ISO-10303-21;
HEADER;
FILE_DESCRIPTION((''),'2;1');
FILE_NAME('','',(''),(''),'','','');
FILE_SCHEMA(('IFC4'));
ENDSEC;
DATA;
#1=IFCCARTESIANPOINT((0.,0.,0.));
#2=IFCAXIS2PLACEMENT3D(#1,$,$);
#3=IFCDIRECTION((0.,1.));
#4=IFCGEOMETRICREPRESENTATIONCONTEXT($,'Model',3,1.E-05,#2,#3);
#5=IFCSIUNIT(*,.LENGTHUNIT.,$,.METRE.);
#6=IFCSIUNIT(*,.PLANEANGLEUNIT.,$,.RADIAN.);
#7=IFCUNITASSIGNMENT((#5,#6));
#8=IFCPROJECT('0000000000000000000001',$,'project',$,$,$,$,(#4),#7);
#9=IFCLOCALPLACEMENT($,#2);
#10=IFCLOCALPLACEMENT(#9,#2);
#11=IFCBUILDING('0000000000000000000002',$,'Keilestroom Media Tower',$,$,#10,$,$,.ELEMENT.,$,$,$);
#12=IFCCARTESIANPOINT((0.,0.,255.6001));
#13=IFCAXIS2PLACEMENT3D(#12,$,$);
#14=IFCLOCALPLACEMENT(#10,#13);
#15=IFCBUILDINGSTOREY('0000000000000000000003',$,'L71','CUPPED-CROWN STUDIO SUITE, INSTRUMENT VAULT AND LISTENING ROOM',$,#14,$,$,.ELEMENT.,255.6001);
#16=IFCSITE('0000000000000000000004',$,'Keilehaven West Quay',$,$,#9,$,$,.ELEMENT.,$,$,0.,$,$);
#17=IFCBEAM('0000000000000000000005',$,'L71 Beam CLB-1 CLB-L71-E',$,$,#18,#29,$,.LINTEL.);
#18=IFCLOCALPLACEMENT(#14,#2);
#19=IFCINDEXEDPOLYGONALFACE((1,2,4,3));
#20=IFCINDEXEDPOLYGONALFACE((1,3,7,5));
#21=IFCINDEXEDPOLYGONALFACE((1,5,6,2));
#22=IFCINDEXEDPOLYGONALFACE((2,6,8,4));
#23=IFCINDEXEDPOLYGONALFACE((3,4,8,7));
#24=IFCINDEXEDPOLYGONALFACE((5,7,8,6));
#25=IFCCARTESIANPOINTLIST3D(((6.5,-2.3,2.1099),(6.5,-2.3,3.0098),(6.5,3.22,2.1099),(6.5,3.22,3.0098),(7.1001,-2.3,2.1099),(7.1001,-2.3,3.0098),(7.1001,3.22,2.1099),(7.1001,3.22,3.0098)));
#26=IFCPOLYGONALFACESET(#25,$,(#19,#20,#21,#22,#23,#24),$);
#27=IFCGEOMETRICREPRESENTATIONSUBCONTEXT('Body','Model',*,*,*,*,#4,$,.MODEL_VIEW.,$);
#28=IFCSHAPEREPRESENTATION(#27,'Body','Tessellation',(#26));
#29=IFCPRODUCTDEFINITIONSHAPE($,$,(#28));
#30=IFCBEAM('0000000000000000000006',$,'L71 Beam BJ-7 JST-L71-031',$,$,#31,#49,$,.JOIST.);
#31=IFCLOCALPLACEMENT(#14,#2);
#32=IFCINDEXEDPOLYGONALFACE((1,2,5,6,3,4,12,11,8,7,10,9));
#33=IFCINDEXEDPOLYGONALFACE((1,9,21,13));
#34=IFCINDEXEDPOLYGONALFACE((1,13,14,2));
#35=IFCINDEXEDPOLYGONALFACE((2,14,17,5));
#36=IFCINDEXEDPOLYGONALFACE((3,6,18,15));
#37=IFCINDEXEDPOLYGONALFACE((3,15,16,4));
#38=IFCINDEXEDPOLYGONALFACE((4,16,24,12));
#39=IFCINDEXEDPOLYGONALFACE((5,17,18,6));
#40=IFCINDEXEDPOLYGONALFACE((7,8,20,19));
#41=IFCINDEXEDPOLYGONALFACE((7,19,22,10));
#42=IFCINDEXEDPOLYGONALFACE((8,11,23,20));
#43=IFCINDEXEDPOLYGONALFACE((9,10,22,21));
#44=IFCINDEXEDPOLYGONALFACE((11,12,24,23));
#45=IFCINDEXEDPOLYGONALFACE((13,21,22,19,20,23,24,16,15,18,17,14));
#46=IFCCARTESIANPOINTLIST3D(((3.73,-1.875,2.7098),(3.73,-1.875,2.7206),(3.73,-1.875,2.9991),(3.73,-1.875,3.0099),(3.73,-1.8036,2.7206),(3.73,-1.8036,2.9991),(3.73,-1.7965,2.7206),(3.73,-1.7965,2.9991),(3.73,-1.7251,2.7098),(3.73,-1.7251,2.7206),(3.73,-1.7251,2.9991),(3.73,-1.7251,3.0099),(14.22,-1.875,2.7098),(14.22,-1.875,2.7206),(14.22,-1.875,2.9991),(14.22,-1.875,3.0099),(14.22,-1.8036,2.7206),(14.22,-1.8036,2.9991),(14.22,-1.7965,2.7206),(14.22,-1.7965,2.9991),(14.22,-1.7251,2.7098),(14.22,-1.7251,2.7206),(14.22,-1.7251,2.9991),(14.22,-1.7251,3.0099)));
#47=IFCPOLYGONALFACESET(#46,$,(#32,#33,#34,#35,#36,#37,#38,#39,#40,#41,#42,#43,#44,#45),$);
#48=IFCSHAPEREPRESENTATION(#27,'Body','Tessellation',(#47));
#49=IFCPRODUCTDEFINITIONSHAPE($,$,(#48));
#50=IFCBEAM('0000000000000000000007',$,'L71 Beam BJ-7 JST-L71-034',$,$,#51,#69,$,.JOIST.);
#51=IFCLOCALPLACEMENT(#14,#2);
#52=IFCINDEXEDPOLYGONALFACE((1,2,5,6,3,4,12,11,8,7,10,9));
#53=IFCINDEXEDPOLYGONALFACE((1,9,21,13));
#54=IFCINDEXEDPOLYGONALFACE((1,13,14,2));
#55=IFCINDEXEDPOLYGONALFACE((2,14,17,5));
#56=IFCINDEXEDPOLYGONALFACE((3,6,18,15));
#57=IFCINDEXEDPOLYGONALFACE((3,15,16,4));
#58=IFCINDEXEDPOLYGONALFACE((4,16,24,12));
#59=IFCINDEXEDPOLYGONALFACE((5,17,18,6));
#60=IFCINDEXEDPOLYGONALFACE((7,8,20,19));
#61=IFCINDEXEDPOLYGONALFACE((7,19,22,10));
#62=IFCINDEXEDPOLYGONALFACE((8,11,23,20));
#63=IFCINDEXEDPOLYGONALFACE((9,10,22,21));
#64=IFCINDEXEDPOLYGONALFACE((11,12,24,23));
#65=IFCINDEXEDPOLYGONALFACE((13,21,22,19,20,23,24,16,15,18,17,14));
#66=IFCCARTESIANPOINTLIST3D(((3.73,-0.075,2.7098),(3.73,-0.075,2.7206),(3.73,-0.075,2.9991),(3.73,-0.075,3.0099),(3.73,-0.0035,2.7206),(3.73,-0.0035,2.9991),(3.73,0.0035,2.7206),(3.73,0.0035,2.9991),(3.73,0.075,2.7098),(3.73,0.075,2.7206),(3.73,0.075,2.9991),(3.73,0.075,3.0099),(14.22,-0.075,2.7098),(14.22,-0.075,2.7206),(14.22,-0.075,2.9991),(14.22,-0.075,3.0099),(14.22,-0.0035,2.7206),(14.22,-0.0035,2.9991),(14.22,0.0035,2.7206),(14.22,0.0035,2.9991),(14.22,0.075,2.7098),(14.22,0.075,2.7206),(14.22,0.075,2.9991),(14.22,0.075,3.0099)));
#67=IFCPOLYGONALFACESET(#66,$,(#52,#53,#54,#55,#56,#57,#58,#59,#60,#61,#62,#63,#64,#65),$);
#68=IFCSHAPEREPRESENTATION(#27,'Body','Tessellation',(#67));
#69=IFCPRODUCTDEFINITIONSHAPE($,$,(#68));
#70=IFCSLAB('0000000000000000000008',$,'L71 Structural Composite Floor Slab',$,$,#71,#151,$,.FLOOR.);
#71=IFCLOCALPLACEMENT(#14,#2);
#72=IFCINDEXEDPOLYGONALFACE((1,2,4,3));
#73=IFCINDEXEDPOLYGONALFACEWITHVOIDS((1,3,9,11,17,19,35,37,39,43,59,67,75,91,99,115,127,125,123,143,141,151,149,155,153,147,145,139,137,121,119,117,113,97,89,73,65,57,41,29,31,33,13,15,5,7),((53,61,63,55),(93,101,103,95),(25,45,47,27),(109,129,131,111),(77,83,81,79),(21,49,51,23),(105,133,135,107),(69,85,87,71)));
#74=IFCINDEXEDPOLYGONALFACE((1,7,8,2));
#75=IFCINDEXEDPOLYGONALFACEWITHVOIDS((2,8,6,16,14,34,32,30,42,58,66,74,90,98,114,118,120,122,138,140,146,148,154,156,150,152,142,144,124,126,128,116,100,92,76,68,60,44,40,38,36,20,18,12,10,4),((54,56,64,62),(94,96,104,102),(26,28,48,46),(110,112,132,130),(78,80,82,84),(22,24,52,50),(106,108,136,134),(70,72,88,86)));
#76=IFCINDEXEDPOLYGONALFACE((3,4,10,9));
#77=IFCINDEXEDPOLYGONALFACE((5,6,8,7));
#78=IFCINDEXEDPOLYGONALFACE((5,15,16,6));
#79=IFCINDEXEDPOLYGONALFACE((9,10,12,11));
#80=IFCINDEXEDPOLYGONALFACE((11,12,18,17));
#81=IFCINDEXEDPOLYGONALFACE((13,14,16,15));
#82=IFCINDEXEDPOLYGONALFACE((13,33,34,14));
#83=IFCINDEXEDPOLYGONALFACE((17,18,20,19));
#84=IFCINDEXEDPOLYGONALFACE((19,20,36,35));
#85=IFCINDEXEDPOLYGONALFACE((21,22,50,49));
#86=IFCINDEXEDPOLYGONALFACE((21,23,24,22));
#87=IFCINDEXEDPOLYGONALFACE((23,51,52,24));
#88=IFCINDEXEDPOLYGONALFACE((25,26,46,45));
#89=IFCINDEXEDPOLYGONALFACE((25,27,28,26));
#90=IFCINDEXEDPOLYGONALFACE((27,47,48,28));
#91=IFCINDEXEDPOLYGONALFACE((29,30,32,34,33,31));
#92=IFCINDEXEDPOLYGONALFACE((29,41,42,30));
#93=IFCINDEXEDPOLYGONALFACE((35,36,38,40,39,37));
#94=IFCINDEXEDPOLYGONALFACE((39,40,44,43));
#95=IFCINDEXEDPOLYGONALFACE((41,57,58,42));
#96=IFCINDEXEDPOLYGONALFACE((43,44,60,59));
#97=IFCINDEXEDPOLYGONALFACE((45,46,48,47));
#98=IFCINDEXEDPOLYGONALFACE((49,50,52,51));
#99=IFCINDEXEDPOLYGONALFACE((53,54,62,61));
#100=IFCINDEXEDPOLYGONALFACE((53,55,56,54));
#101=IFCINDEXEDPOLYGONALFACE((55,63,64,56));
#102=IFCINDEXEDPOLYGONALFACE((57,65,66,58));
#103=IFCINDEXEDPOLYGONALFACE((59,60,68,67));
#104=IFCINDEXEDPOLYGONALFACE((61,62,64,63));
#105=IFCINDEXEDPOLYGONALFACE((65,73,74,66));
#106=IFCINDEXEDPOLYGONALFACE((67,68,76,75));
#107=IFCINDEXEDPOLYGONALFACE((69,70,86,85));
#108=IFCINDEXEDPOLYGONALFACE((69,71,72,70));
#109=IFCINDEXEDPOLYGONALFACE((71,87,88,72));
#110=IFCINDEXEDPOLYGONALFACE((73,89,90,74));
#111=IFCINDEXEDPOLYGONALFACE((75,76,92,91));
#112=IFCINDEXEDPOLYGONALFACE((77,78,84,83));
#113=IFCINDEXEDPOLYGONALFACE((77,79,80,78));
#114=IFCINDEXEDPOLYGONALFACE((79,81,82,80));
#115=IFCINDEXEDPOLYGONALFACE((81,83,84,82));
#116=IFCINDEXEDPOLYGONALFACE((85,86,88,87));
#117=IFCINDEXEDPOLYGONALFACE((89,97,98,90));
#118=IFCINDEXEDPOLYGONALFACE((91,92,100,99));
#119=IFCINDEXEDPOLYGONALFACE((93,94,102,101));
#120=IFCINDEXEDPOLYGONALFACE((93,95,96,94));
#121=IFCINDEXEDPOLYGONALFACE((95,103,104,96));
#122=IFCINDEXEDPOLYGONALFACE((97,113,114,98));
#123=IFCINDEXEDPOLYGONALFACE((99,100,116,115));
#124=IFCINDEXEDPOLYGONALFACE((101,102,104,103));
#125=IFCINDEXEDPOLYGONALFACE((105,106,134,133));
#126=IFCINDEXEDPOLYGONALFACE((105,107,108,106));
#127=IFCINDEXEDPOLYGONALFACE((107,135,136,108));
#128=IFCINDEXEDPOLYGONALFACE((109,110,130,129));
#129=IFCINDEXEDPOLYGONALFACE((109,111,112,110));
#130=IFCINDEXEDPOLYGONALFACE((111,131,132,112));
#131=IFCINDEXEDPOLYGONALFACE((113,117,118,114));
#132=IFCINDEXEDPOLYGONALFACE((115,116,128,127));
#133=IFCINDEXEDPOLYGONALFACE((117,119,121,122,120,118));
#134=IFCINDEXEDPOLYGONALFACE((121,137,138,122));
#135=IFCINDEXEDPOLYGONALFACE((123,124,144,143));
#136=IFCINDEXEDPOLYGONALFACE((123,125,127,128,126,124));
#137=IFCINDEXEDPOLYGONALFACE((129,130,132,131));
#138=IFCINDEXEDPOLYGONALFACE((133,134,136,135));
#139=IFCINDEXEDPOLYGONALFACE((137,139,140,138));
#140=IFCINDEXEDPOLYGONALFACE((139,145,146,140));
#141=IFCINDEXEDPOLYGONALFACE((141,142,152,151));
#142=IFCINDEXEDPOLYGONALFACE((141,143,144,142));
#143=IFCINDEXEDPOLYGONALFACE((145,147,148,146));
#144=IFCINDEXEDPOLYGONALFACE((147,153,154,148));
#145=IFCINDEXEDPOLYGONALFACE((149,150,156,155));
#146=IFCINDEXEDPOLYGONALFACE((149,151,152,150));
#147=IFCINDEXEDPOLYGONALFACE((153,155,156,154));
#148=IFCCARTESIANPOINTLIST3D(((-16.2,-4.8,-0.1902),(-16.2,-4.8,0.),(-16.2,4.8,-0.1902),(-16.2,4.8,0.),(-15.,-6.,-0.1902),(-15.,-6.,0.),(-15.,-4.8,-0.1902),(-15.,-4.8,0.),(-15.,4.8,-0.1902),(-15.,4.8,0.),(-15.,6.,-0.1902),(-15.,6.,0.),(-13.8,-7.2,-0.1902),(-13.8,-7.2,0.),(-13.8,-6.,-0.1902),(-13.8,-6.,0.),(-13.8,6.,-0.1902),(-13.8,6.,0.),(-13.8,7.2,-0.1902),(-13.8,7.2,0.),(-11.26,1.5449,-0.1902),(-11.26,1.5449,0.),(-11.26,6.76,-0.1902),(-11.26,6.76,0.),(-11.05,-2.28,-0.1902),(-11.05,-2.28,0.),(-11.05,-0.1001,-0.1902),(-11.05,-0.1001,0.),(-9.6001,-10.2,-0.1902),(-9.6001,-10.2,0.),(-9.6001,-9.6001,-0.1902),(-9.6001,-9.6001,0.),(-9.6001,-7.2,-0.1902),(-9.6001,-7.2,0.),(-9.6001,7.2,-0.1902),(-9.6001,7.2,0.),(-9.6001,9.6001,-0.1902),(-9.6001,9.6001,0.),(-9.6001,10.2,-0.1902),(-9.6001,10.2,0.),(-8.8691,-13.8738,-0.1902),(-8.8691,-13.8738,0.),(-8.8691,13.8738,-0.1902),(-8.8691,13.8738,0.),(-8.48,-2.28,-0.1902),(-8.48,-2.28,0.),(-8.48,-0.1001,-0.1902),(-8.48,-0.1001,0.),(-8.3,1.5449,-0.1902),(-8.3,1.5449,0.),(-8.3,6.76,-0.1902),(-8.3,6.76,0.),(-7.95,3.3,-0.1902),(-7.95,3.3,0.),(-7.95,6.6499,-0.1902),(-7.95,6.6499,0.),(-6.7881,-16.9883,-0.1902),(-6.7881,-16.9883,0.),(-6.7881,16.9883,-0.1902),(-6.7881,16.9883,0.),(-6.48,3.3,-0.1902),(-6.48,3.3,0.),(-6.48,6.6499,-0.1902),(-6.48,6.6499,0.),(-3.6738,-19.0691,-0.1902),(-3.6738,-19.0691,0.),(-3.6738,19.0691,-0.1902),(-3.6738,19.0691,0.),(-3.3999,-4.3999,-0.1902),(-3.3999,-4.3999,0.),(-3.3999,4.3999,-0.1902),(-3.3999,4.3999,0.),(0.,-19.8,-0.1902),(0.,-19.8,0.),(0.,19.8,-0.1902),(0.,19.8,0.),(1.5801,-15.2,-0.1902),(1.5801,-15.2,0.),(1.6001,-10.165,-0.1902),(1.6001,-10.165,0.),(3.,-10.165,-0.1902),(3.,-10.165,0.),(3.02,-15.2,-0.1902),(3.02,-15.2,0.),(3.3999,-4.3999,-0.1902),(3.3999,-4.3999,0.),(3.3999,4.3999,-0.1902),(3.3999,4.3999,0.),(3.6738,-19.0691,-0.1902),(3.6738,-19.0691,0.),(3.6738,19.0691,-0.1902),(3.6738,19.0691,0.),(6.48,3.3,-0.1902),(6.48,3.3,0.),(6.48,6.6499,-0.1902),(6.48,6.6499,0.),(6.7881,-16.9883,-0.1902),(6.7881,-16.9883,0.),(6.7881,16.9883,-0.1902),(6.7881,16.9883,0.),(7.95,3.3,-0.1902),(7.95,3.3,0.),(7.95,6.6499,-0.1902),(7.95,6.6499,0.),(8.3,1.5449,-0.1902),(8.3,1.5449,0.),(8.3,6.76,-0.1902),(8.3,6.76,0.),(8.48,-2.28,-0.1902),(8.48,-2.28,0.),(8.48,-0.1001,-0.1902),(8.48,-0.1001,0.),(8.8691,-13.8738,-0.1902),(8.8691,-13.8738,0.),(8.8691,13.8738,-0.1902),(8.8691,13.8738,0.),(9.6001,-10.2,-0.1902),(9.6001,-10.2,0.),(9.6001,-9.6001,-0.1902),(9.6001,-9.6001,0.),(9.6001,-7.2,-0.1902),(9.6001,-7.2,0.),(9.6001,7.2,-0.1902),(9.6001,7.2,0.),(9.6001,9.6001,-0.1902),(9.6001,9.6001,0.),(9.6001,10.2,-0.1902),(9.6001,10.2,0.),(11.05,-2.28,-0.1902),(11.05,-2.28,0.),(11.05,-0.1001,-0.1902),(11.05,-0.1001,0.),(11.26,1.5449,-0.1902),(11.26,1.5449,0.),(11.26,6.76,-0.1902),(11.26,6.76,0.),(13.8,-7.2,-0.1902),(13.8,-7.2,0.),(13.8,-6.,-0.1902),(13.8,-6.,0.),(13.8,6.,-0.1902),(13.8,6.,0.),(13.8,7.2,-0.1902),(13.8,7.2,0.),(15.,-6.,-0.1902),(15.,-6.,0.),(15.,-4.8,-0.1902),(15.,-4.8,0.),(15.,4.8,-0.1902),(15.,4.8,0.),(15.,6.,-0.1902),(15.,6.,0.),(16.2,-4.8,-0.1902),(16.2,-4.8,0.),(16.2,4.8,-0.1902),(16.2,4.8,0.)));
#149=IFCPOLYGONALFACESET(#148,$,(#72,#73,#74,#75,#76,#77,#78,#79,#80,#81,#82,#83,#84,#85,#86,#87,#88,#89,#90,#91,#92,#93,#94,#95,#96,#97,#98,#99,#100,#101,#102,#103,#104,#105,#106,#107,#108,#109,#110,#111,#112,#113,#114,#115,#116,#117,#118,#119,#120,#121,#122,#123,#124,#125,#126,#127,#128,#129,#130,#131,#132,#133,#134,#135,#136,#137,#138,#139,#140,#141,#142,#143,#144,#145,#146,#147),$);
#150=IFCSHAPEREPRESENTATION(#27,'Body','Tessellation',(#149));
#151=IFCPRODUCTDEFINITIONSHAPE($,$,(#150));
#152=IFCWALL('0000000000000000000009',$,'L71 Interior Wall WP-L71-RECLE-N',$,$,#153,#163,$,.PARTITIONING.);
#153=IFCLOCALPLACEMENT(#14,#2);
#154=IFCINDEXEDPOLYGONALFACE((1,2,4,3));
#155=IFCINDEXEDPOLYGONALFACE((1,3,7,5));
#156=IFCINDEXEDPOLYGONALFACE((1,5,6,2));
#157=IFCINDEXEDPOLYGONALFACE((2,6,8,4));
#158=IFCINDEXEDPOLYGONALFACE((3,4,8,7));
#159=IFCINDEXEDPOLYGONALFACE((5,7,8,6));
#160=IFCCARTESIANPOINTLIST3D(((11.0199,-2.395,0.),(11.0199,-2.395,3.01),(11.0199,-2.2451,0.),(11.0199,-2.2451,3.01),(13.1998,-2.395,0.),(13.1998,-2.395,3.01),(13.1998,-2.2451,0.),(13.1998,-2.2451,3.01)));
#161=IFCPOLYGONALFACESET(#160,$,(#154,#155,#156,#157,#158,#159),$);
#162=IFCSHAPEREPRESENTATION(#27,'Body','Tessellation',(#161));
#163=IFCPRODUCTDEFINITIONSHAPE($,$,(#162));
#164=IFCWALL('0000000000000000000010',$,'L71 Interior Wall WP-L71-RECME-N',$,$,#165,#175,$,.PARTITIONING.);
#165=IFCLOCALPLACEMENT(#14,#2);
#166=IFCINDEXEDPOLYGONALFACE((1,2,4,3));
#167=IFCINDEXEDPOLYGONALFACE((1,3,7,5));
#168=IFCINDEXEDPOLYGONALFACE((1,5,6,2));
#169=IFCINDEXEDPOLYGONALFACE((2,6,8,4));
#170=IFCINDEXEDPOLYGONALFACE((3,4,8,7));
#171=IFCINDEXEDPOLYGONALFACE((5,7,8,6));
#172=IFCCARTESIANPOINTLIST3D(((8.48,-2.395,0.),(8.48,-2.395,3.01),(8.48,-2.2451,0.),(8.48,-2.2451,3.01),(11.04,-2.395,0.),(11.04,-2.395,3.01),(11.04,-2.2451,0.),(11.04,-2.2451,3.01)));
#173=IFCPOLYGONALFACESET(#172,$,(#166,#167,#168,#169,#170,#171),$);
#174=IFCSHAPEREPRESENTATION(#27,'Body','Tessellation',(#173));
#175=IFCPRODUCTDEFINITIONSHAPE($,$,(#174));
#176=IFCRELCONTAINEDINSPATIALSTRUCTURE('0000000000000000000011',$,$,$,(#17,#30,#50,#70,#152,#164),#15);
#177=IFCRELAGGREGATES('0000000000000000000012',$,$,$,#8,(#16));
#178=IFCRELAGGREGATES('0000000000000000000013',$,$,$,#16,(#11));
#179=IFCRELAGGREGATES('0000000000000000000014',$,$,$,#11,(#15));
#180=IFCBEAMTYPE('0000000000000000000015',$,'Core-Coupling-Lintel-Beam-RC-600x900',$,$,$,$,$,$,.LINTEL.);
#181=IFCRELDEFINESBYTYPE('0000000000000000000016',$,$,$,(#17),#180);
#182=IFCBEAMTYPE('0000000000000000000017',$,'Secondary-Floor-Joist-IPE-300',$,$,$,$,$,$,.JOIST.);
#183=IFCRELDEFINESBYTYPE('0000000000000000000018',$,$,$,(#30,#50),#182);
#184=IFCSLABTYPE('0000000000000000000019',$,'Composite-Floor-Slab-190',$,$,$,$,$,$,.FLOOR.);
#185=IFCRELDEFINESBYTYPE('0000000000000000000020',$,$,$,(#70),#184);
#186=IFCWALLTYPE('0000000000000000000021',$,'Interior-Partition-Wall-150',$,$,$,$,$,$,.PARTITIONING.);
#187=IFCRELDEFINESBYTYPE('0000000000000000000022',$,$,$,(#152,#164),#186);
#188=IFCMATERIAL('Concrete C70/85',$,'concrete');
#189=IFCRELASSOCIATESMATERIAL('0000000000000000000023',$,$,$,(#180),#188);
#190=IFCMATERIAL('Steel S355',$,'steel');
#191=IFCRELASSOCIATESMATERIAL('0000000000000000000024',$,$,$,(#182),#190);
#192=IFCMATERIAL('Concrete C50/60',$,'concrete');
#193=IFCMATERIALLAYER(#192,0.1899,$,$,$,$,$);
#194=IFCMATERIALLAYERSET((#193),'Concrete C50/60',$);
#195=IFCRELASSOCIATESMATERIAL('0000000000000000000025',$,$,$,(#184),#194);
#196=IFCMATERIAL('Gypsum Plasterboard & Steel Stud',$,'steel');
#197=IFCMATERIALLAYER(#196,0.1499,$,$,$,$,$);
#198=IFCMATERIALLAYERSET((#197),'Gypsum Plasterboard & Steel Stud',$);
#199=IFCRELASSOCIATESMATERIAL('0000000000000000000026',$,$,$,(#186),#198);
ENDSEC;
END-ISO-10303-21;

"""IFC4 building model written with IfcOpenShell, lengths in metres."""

from ifc_helpers import new_model, si_unit, direction, frame, frame_2d, origin, origin_2d, place, context, subcontext, project, spatial, polyline, rectangle, i_section, outline, extrude, source, transform, mapped, material, layer, layer_set, material_profile, profile_set, type_object, element, save


model = new_model("IFC4")

# Units and contexts
model_context = context("Model", 3, precision=1e-05, world=origin(), true_north=direction((0.0, 1.0)))
body_context = subcontext(model_context, "Body", "Model", "MODEL_VIEW")
ifc_project = project(units=[si_unit("LENGTHUNIT", "METRE"), si_unit("PLANEANGLEUNIT", "RADIAN")], contexts=[model_context])

# Site, building, storey
site_placement = place(None, origin())
site = spatial("IfcSite", under=ifc_project, at=site_placement, Name="Keilehaven West Quay", CompositionType="ELEMENT", RefElevation=0.0)
building_placement = place(site_placement, origin())
building = spatial("IfcBuilding", under=site, at=building_placement, Name="Keilestroom Media Tower", CompositionType="ELEMENT")
storey_placement = place(building_placement, frame((0.0, 0.0, 255.6001)))
storey = spatial("IfcBuildingStorey", under=building, at=storey_placement, Name="L71", Description="CUPPED-CROWN STUDIO SUITE, INSTRUMENT VAULT AND LISTENING ROOM", CompositionType="ELEMENT", Elevation=255.6001)

# Beams
ifc_material_1 = material(Name="Concrete C70/85", Category="concrete")
ifc_material_profile_1 = material_profile(ifc_material_1, rectangle(XDim=0.6001, YDim=0.8999, at=origin_2d()), Name="RC 600x900")
ifc_profile_set_1 = profile_set([ifc_material_profile_1], Name="Concrete C70/85")
beam_type_1 = type_object("IfcBeamType", Name="Core-Coupling-Lintel-Beam-RC-600x900", PredefinedType="LINTEL", material=ifc_profile_set_1)
shared_shape_1 = source(origin(), body_context, "Body", "SweptSolid", [
    extrude(rectangle(XDim=0.6001, YDim=0.8999, at=origin_2d()), origin(), (0.0, 0.0, 1.0), 5.52),
])
beam_placement = place(storey_placement, frame((6.8, -2.3, 2.5598), z_axis=(0.0, 1.0, 0.0), x_axis=(-1.0, 0.0, 0.0)))
element("IfcBeam", 1, at=beam_placement, inside=storey, type_object=beam_type_1, Name="L71 Beam CLB-1 CLB-L71-E", PredefinedType="LINTEL", context=body_context, shape_type="MappedRepresentation", body=[
    mapped(shared_shape_1, transform((0.0, 0.0, 0.0), x_axis=(1.0, 0.0, 0.0), y_axis=(0.0, 1.0, 0.0), z_axis=(0.0, 0.0, 1.0), scale=1.0)),
])
ifc_material_2 = material(Name="Steel S355", Category="steel")
ifc_material_profile_2 = material_profile(ifc_material_2, i_section(OverallWidth=0.1499, OverallDepth=0.3, WebThickness=0.0071, FlangeThickness=0.0107, at=origin_2d()), Name="IPE 300")
ifc_profile_set_2 = profile_set([ifc_material_profile_2], Name="Steel S355")
beam_type_2 = type_object("IfcBeamType", Name="Secondary-Floor-Joist-IPE-300", PredefinedType="JOIST", material=ifc_profile_set_2)
shared_shape_2 = source(origin(), body_context, "Body", "SweptSolid", [
    extrude(i_section(OverallWidth=0.1499, OverallDepth=0.3, WebThickness=0.0071, FlangeThickness=0.0107, at=origin_2d()), origin(), (0.0, 0.0, 1.0), 10.49),
])
for number, where, z_axis, x_axis, name in (
    (2, (3.73, -1.8, 2.8599), (1.0, 0.0, 0.0), (0.0, 1.0, 0.0), "L71 Beam BJ-7 JST-L71-031"),
    (3, (3.73, 0.0, 2.8599), (1.0, 0.0, 0.0), (0.0, 1.0, 0.0), "L71 Beam BJ-7 JST-L71-034"),
):
    element("IfcBeam", number, at=place(storey_placement, frame(where, z_axis=z_axis, x_axis=x_axis)), inside=storey, type_object=beam_type_2, Name=name, PredefinedType="JOIST", context=body_context, shape_type="MappedRepresentation", body=[
        mapped(shared_shape_2, transform((0.0, 0.0, 0.0), x_axis=(1.0, 0.0, 0.0), y_axis=(0.0, 1.0, 0.0), z_axis=(0.0, 0.0, 1.0), scale=1.0)),
    ])

# Slab
ifc_material_3 = material(Name="Concrete C50/60", Category="concrete")
ifc_layer_1 = layer(ifc_material_3, 0.1899)
ifc_layer_set_1 = layer_set([ifc_layer_1], Name="Concrete C50/60")
slab_type = type_object("IfcSlabType", Name="Composite-Floor-Slab-190", PredefinedType="FLOOR", material=ifc_layer_set_1)
slab_placement = place(storey_placement, frame((0.0, 0.0, -0.1902)))
element("IfcSlab", 4, at=slab_placement, inside=storey, type_object=slab_type, Name="L71 Structural Composite Floor Slab", PredefinedType="FLOOR", context=body_context, shape_type="SweptSolid", body=[
    extrude(outline(polyline([(16.2, -4.8), (16.2, 4.8), (15.0, 4.8), (15.0, 6.0), (13.8, 6.0), (13.8, 7.2), (9.6001, 7.2), (9.6001, 9.6001), (9.6001, 10.2), (8.8691, 13.8738), (6.7881, 16.9883), (3.6738, 19.0691), (0.0, 19.8), (-3.6738, 19.0691), (-6.7881, 16.9883), (-8.8691, 13.8738), (-9.6001, 10.2), (-9.6001, 9.6001), (-9.6001, 7.2), (-13.8, 7.2), (-13.8, 6.0), (-15.0, 6.0), (-15.0, 4.8), (-16.2, 4.8), (-16.2, -4.8), (-15.0, -4.8), (-15.0, -6.0), (-13.8, -6.0), (-13.8, -7.2), (-9.6001, -7.2), (-9.6001, -9.6001), (-9.6001, -10.2), (-8.8691, -13.8738), (-6.7881, -16.9883), (-3.6738, -19.0691), (0.0, -19.8), (3.6738, -19.0691), (6.7881, -16.9883), (8.8691, -13.8738), (9.6001, -10.2), (9.6001, -9.6001), (9.6001, -7.2), (13.8, -7.2), (13.8, -6.0), (15.0, -6.0), (15.0, -4.8), (16.2, -4.8)]), holes=[polyline([(-8.3, 6.76), (-8.3, 1.5449), (-11.26, 1.5449), (-11.26, 6.76), (-8.3, 6.76)]), polyline([(-8.48, -0.1001), (-8.48, -2.28), (-11.05, -2.28), (-11.05, -0.1001), (-8.48, -0.1001)]), polyline([(-6.48, 6.6499), (-6.48, 3.3), (-7.95, 3.3), (-7.95, 6.6499), (-6.48, 6.6499)]), polyline([(3.3999, 4.3999), (3.3999, -4.3999), (-3.3999, -4.3999), (-3.3999, 4.3999), (3.3999, 4.3999)]), polyline([(3.02, -15.2), (1.5801, -15.2), (1.6001, -10.165), (3.0, -10.165), (3.02, -15.2)]), polyline([(7.95, 6.6499), (7.95, 3.3), (6.48, 3.3), (6.48, 6.6499), (7.95, 6.6499)]), polyline([(11.26, 6.76), (11.26, 1.5449), (8.3, 1.5449), (8.3, 6.76), (11.26, 6.76)]), polyline([(11.05, -0.1001), (11.05, -2.28), (8.48, -2.28), (8.48, -0.1001), (11.05, -0.1001)])]), origin(), (0.0, 0.0, 1.0), 0.1902),
])

# Walls
ifc_material_4 = material(Name="Gypsum Plasterboard & Steel Stud", Category="steel")
ifc_layer_2 = layer(ifc_material_4, 0.1499)
ifc_layer_set_2 = layer_set([ifc_layer_2], Name="Gypsum Plasterboard & Steel Stud")
wall_type_1 = type_object("IfcWallType", Name="Interior-Partition-Wall-150", PredefinedType="PARTITIONING", material=ifc_layer_set_2)
wall_1_placement = place(storey_placement, frame((11.02, -2.3201, 0.0), z_axis=(0.0, 0.0, 1.0), x_axis=(1.0, 0.0, 0.0)))
element("IfcWall", 5, at=wall_1_placement, inside=storey, type_object=wall_type_1, Name="L71 Interior Wall WP-L71-RECLE-N", PredefinedType="PARTITIONING", context=body_context, shape_type="SweptSolid", body=[
    extrude(rectangle(XDim=2.1799, YDim=0.1499, at=frame_2d((1.0898, 0.0))), origin(), (0.0, 0.0, 1.0), 3.01),
])
wall_2_placement = place(storey_placement, frame((8.48, -2.3201, 0.0), z_axis=(0.0, 0.0, 1.0), x_axis=(1.0, 0.0, 0.0)))
element("IfcWall", 6, at=wall_2_placement, inside=storey, type_object=wall_type_1, Name="L71 Interior Wall WP-L71-RECME-N", PredefinedType="PARTITIONING", context=body_context, shape_type="SweptSolid", body=[
    extrude(rectangle(XDim=2.5601, YDim=0.1499, at=frame_2d((1.28, 0.0))), origin(), (0.0, 0.0, 1.0), 3.01),
])

save(model, "model.ifc")
